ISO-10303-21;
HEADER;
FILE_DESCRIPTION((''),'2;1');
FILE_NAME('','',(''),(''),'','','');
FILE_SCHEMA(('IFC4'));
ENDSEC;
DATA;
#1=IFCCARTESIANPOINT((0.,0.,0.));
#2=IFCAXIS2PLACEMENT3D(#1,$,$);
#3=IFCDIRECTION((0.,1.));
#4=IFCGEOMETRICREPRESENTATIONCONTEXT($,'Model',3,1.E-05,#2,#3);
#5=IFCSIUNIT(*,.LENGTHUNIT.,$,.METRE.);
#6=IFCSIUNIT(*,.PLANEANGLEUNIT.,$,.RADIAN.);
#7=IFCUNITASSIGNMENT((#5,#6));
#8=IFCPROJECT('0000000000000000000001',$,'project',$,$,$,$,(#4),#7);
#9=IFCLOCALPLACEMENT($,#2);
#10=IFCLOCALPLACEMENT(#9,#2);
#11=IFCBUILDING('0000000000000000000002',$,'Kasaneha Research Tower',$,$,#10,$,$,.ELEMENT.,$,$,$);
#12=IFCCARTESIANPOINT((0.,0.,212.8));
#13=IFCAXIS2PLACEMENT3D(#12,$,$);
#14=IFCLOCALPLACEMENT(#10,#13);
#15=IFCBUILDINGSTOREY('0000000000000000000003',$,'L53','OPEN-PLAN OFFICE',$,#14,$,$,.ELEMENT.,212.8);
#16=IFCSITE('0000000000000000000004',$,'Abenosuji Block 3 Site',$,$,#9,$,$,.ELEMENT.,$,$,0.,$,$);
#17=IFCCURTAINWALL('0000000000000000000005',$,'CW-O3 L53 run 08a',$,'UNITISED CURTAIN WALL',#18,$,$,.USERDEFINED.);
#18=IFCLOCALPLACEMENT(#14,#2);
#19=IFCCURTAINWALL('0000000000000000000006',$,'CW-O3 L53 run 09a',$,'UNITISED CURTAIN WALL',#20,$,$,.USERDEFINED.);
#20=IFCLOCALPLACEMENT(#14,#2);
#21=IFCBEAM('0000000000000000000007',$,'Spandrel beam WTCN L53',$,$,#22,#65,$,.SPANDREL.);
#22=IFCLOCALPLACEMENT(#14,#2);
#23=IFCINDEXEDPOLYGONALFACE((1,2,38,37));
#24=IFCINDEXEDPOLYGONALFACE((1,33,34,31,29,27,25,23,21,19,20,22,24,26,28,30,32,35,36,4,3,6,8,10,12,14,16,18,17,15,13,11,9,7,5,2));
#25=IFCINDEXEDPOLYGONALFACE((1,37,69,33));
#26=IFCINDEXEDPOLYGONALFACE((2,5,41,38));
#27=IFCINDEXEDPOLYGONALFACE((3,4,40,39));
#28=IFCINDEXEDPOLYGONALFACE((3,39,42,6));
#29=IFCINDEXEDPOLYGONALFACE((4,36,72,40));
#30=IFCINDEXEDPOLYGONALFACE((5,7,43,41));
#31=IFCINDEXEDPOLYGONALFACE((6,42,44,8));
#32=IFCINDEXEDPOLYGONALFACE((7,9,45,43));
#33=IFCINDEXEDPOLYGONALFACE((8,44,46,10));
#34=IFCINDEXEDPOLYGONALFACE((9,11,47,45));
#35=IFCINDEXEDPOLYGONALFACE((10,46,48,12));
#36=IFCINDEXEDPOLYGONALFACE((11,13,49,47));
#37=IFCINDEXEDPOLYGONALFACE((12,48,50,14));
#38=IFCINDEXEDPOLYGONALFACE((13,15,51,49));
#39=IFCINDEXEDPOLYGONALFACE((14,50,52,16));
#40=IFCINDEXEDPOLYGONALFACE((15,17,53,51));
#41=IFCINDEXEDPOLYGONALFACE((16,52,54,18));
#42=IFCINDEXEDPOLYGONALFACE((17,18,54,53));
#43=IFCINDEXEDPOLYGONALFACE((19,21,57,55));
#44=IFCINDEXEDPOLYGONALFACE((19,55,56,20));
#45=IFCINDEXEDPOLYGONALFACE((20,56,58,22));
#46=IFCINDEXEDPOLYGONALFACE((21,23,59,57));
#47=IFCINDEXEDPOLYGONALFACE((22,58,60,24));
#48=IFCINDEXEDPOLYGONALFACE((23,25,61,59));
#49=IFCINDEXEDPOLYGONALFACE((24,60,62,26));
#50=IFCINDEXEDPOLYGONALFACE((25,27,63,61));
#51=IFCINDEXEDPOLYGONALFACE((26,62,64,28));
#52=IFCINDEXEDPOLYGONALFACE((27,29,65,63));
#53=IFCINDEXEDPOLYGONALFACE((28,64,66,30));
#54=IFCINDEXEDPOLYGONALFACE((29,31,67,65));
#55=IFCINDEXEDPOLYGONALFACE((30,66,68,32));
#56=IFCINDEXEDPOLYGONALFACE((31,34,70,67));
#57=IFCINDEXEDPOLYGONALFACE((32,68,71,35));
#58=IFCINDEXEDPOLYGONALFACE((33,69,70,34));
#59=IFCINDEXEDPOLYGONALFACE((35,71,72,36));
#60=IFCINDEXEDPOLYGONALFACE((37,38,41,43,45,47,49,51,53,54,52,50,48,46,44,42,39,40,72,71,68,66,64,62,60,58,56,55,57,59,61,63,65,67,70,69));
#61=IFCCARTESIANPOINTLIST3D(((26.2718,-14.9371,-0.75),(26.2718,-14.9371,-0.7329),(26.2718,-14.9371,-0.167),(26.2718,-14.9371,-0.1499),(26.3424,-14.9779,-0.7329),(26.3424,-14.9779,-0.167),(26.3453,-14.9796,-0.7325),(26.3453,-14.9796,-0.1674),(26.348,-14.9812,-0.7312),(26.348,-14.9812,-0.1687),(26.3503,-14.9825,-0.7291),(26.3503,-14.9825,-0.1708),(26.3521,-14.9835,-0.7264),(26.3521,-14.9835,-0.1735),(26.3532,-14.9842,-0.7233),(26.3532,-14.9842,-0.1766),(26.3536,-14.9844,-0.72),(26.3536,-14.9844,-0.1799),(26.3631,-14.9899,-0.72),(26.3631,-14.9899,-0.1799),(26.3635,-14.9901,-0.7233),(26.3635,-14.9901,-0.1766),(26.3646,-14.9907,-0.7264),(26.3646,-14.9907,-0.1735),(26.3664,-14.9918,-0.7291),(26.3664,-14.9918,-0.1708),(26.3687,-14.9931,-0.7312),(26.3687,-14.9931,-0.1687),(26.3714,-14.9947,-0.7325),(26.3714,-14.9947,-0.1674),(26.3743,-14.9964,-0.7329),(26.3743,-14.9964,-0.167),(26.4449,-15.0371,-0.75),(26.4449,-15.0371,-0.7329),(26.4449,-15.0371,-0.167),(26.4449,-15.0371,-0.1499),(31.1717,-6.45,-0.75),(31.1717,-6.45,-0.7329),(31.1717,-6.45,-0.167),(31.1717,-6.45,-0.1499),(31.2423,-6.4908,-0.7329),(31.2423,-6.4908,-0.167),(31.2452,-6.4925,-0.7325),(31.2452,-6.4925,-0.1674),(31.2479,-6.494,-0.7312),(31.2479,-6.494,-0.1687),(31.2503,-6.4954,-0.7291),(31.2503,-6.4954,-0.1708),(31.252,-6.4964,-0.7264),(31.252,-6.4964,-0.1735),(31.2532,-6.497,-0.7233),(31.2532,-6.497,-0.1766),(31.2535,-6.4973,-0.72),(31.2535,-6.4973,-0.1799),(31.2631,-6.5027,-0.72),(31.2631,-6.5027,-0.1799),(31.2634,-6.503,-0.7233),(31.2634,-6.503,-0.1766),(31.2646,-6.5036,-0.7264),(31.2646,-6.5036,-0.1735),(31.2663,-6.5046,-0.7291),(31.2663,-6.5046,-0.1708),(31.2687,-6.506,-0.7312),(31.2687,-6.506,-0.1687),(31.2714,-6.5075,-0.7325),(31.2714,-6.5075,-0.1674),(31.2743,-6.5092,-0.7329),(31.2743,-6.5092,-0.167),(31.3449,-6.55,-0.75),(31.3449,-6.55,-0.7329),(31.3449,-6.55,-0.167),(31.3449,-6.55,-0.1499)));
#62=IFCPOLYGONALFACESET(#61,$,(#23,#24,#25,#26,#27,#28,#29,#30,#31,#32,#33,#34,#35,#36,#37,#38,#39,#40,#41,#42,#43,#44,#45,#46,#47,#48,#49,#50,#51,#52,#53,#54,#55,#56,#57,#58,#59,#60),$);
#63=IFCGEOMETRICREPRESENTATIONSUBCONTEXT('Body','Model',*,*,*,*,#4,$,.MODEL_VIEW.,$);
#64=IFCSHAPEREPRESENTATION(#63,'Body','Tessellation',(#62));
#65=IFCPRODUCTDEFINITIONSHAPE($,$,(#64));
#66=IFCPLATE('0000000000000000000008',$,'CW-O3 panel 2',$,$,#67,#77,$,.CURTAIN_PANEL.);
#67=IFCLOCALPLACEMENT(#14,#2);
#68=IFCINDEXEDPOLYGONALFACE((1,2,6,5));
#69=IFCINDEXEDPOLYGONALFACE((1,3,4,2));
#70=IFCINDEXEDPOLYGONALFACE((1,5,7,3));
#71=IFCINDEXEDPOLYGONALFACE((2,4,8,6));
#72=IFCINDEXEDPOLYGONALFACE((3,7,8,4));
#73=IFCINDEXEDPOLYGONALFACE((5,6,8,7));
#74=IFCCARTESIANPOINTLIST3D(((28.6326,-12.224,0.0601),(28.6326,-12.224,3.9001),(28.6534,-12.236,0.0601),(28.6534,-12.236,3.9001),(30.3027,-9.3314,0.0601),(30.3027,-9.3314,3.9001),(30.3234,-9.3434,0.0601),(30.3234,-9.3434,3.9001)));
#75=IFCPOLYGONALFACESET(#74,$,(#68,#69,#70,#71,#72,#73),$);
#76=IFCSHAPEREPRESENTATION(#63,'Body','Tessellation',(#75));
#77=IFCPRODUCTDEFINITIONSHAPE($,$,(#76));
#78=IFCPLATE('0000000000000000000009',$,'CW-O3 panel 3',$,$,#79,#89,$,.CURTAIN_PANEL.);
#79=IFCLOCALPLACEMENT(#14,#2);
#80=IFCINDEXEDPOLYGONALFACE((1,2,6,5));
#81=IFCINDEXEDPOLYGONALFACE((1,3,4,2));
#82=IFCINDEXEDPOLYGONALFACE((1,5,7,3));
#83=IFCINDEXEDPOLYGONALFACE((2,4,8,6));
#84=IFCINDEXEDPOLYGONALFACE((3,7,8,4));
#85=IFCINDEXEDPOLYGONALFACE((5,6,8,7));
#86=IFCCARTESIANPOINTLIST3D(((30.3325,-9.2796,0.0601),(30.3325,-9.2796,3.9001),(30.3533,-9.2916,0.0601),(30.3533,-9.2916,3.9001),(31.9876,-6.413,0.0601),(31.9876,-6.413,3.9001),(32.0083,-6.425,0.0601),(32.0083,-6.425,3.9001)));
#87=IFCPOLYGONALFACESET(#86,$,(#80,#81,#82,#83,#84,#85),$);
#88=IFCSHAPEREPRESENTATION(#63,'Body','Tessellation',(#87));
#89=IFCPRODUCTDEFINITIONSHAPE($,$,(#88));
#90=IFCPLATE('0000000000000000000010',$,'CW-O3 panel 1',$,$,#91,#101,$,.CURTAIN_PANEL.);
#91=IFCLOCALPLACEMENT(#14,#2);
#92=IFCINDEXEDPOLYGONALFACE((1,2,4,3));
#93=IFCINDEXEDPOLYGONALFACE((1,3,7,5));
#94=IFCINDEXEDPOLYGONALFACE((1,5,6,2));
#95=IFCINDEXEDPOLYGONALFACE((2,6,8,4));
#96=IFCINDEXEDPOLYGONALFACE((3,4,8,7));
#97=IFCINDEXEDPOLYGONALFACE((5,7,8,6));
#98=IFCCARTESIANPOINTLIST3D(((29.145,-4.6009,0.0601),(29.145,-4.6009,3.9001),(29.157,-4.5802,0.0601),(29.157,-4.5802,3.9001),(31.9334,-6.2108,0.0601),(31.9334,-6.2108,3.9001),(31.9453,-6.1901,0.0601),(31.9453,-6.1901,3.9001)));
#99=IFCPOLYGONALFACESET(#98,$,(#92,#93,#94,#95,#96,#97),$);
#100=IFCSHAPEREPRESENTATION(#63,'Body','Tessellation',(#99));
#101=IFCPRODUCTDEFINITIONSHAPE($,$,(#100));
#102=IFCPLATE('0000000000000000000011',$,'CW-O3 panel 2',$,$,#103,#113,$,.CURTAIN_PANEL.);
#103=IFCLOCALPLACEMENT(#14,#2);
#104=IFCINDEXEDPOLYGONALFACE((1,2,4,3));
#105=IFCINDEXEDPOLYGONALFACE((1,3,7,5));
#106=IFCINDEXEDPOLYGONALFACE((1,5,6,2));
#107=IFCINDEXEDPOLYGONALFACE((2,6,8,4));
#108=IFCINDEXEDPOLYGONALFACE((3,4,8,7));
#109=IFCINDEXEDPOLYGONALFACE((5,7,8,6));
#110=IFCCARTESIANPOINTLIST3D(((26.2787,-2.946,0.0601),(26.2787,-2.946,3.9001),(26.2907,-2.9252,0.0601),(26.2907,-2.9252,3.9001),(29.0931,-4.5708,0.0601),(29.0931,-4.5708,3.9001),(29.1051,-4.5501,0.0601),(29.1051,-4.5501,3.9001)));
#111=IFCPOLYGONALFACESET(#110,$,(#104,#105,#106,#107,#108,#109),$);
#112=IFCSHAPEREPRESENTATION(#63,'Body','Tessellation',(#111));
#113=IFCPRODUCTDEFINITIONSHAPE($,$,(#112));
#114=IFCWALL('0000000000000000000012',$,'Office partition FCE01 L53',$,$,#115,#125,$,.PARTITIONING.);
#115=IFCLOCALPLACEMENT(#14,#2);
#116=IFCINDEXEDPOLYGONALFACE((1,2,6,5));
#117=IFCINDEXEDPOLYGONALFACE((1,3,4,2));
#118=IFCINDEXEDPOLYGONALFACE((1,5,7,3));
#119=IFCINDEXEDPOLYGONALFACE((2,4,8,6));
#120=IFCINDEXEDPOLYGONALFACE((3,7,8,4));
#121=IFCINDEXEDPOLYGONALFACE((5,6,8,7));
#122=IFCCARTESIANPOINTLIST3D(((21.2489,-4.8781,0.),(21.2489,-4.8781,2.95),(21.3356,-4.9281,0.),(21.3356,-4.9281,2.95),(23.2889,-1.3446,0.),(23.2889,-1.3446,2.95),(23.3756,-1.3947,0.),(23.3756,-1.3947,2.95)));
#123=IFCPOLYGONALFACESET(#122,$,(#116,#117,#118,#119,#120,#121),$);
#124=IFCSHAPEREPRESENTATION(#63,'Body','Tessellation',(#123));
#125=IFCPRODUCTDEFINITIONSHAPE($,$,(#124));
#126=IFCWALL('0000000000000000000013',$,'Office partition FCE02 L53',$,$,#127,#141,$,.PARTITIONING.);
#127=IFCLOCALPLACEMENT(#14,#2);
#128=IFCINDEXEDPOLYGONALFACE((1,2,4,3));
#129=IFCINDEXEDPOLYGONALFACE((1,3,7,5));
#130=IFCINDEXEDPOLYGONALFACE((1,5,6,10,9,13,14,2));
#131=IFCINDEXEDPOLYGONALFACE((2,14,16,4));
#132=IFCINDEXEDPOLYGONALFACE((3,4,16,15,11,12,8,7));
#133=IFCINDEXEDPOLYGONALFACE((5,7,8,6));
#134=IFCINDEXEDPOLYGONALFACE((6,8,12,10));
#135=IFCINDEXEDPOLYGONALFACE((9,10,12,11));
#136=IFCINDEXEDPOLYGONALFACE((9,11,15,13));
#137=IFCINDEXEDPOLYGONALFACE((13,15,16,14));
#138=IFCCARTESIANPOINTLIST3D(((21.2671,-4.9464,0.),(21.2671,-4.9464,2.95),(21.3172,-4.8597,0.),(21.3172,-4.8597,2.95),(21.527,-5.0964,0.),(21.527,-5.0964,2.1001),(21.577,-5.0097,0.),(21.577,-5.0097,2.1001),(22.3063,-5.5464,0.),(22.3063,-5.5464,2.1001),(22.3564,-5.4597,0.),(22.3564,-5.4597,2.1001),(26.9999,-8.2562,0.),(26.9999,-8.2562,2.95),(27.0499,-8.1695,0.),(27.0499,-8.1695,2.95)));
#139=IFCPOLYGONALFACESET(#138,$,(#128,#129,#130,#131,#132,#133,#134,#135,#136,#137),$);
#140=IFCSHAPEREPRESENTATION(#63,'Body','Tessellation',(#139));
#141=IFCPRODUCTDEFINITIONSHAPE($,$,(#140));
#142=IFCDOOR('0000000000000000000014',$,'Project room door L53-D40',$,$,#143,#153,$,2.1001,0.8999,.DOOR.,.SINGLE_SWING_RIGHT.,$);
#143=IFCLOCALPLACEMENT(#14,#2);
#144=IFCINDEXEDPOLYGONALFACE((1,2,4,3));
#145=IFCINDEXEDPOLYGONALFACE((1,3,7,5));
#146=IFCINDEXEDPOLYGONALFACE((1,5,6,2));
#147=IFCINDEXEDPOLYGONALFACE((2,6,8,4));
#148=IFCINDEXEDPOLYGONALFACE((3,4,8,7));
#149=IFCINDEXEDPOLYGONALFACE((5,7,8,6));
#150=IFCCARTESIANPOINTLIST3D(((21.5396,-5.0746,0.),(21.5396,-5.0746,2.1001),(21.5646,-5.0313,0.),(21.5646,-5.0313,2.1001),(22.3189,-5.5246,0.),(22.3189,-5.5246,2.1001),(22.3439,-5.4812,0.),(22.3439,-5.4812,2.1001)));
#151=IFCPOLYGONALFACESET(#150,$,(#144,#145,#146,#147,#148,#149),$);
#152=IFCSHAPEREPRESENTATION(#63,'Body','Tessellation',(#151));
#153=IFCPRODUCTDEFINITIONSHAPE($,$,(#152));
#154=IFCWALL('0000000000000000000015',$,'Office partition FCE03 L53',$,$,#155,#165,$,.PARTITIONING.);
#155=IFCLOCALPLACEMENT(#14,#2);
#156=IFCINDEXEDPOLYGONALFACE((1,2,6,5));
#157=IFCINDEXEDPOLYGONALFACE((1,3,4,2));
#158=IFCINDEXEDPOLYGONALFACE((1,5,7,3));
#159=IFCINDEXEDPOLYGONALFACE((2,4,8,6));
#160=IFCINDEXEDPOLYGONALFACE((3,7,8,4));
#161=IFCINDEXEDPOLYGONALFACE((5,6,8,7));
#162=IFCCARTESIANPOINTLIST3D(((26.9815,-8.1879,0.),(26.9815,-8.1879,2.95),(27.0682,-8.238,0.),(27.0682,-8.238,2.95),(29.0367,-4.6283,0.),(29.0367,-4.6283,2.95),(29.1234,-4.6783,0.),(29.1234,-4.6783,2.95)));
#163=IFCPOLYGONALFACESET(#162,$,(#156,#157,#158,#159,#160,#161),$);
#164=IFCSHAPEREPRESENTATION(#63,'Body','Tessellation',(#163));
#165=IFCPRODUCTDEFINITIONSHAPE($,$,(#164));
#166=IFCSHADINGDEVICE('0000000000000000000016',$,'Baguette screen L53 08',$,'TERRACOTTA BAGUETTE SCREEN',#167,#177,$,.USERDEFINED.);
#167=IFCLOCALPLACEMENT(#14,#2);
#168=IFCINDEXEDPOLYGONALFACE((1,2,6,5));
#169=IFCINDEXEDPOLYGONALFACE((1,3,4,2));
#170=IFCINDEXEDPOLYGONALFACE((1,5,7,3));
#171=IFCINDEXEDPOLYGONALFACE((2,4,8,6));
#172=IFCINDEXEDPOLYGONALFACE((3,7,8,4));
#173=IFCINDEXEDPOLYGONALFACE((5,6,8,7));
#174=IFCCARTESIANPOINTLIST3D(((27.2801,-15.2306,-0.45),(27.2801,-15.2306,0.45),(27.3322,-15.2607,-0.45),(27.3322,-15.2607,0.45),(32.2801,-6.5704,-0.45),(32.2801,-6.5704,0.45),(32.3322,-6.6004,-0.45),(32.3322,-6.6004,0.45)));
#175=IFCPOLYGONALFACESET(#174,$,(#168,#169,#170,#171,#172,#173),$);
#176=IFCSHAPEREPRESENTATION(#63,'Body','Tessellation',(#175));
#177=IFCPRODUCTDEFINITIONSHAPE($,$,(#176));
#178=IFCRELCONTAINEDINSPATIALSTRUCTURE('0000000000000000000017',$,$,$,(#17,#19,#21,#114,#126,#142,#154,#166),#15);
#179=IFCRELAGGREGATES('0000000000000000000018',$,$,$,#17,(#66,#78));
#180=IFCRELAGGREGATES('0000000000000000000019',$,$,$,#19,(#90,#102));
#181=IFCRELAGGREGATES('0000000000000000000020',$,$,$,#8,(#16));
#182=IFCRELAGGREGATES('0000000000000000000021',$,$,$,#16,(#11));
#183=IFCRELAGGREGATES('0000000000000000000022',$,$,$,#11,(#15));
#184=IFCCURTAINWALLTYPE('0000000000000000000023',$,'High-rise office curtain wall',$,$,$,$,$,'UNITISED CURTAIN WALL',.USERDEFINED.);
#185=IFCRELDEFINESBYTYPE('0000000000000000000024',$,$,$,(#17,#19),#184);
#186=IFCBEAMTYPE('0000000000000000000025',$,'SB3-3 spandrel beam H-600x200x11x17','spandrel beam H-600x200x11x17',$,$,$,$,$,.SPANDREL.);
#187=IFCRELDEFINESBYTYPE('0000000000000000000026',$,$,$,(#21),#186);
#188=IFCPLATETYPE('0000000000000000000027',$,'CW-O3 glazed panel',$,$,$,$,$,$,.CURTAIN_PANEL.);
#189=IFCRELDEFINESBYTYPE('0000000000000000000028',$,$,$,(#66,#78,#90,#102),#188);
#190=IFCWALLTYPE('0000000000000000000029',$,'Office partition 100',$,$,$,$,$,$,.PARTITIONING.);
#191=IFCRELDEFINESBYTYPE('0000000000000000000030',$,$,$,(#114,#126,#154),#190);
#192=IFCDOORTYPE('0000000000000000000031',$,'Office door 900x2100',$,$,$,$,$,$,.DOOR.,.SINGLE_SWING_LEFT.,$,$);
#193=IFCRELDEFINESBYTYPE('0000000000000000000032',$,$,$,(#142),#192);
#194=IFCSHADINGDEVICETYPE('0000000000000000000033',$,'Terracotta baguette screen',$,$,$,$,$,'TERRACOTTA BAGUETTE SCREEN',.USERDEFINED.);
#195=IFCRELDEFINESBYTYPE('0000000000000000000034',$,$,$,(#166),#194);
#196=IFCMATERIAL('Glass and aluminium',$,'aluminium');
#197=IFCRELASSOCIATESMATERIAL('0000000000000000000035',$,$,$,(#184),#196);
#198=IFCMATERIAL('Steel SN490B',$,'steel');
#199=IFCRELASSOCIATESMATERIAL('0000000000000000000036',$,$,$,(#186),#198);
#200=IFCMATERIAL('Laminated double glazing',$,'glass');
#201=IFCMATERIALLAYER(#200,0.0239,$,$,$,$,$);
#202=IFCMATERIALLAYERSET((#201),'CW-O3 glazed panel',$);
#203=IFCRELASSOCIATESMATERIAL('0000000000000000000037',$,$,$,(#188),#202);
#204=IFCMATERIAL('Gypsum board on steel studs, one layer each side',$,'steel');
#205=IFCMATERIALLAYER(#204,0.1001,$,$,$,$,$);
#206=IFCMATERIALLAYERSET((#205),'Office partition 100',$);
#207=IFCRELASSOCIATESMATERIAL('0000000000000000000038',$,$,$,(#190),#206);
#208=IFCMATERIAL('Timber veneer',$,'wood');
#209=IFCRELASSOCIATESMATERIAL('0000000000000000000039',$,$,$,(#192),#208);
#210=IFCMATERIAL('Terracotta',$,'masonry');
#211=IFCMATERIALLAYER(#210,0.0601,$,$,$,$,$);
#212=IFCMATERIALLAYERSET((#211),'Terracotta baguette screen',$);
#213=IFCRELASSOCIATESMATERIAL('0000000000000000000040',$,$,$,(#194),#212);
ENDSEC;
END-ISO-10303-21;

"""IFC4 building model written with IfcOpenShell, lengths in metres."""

from ifc_helpers import new_model, si_unit, direction, frame, frame_2d, origin, origin_2d, place, context, subcontext, project, spatial, rectangle, i_section, extrude, material, layer, layer_set, material_profile, profile_set, type_object, element, fill, aggregate, save


model = new_model("IFC4")

# Units and contexts
model_context = context("Model", 3, precision=1e-05, world=origin(), true_north=direction((0.0, 1.0)))
body_context = subcontext(model_context, "Body", "Model", "MODEL_VIEW")
ifc_project = project(units=[si_unit("LENGTHUNIT", "METRE"), si_unit("PLANEANGLEUNIT", "RADIAN")], contexts=[model_context])

# Site, building, storey
site_placement = place(None, origin())
site = spatial("IfcSite", under=ifc_project, at=site_placement, Name="Abenosuji Block 3 Site", CompositionType="ELEMENT", RefElevation=0.0)
building_placement = place(site_placement, origin())
building = spatial("IfcBuilding", under=site, at=building_placement, Name="Kasaneha Research Tower", CompositionType="ELEMENT")
storey_placement = place(building_placement, frame((0.0, 0.0, 212.8)))
storey = spatial("IfcBuildingStorey", under=building, at=storey_placement, Name="L53", Description="OPEN-PLAN OFFICE", CompositionType="ELEMENT", Elevation=212.8)

# Curtain walls
ifc_material_1 = material(Name="Glass and aluminium", Category="aluminium")
curtain_wall_type = type_object("IfcCurtainWallType", Name="High-rise office curtain wall", ElementType="UNITISED CURTAIN WALL", PredefinedType="USERDEFINED", material=ifc_material_1)
curtain_wall_1_placement = place(storey_placement, origin())
curtain_wall_1 = element("IfcCurtainWall", 1, at=curtain_wall_1_placement, inside=storey, type_object=curtain_wall_type, Name="CW-O3 L53 run 08a", ObjectType="UNITISED CURTAIN WALL", PredefinedType="USERDEFINED")
curtain_wall_2_placement = place(storey_placement, origin())
curtain_wall_2 = element("IfcCurtainWall", 2, at=curtain_wall_2_placement, inside=storey, type_object=curtain_wall_type, Name="CW-O3 L53 run 09a", ObjectType="UNITISED CURTAIN WALL", PredefinedType="USERDEFINED")

# Beam
ifc_material_2 = material(Name="Steel SN490B", Category="steel")
ifc_material_profile_1 = material_profile(ifc_material_2, i_section(OverallWidth=0.2, OverallDepth=0.6001, WebThickness=0.011, FlangeThickness=0.0171, FilletRadius=0.0129, at=origin_2d()), Name="H-600x200x11x17")
ifc_profile_set_1 = profile_set([ifc_material_profile_1], Name="Steel SN490B")
beam_type_1 = type_object("IfcBeamType", Name="SB3-3 spandrel beam H-600x200x11x17", Description="spandrel beam H-600x200x11x17", PredefinedType="SPANDREL", material=ifc_profile_set_1)
beam_1_placement = place(storey_placement, frame((31.2583, -6.5, -0.45), z_axis=(-0.499992, -0.86603, 0.0), x_axis=(0.86603, -0.499992, 0.0)))
element("IfcBeam", 3, at=beam_1_placement, inside=storey, type_object=beam_type_1, Name="Spandrel beam WTCN L53", PredefinedType="SPANDREL", context=body_context, shape_type="SweptSolid", body=[
    extrude(i_section(OverallWidth=0.2, OverallDepth=0.6001, WebThickness=0.011, FlangeThickness=0.0171, FilletRadius=0.0129, at=origin_2d()), origin(), (0.0, 0.0, 1.0), 9.8),
])

# Plates
ifc_material_3 = material(Name="Laminated double glazing", Category="glass")
ifc_layer_1 = layer(ifc_material_3, 0.0239)
ifc_layer_set_1 = layer_set([ifc_layer_1], Name="CW-O3 glazed panel")
plate_type = type_object("IfcPlateType", Name="CW-O3 glazed panel", PredefinedType="CURTAIN_PANEL", material=ifc_layer_set_1)
plate_1_placement = place(storey_placement, frame((29.478, -10.7837, 0.0601), z_axis=(0.0, 0.0, 1.0), x_axis=(0.5, 0.866025, 0.0)))
plate_1 = element("IfcPlate", 4, at=plate_1_placement, type_object=plate_type, Name="CW-O3 panel 2", PredefinedType="CURTAIN_PANEL", context=body_context, shape_type="SweptSolid", body=[
    extrude(rectangle(XDim=3.3401, YDim=0.0239, at=origin_2d()), origin(), (0.0, 0.0, 1.0), 3.8401),
])
plate_2_placement = place(storey_placement, frame((31.1704, -7.8523, 0.0601), z_axis=(0.0, 0.0, 1.0), x_axis=(0.5, 0.866025, 0.0)))
plate_2 = element("IfcPlate", 5, at=plate_2_placement, type_object=plate_type, Name="CW-O3 panel 3", PredefinedType="CURTAIN_PANEL", context=body_context, shape_type="SweptSolid", body=[
    extrude(rectangle(XDim=3.3101, YDim=0.0239, at=origin_2d()), origin(), (0.0, 0.0, 1.0), 3.8401),
])
aggregate(curtain_wall_1, [plate_1, plate_2])
plate_3_placement = place(storey_placement, frame((30.5452, -5.3955, 0.0601), z_axis=(0.0, 0.0, 1.0), x_axis=(-0.866025, 0.5, 0.0)))
plate_3 = element("IfcPlate", 6, at=plate_3_placement, type_object=plate_type, Name="CW-O3 panel 1", PredefinedType="CURTAIN_PANEL", context=body_context, shape_type="SweptSolid", body=[
    extrude(rectangle(XDim=3.2197, YDim=0.0239, at=origin_2d()), origin(), (0.0, 0.0, 1.0), 3.8401),
])
plate_4_placement = place(storey_placement, frame((27.6919, -3.748, 0.0601), z_axis=(0.0, 0.0, 1.0), x_axis=(-0.866025, 0.5, 0.0)))
plate_4 = element("IfcPlate", 7, at=plate_4_placement, type_object=plate_type, Name="CW-O3 panel 2", PredefinedType="CURTAIN_PANEL", context=body_context, shape_type="SweptSolid", body=[
    extrude(rectangle(XDim=3.2498, YDim=0.0239, at=origin_2d()), origin(), (0.0, 0.0, 1.0), 3.8401),
])
aggregate(curtain_wall_2, [plate_3, plate_4])

# Wall
ifc_material_4 = material(Name="Gypsum board on steel studs, one layer each side", Category="steel")
ifc_layer_2 = layer(ifc_material_4, 0.1001)
ifc_layer_set_2 = layer_set([ifc_layer_2], Name="Office partition 100")
wall_type = type_object("IfcWallType", Name="Office partition 100", PredefinedType="PARTITIONING", material=ifc_layer_set_2)
wall_1_placement = place(storey_placement, frame((21.2922, -4.9031, 0.0), z_axis=(0.0, 0.0, 1.0), x_axis=(0.5, 0.866025, 0.0)))
element("IfcWall", 8, at=wall_1_placement, inside=storey, type_object=wall_type, Name="Office partition FCE01 L53", PredefinedType="PARTITIONING", context=body_context, shape_type="SweptSolid", body=[
    extrude(rectangle(XDim=4.0801, YDim=0.1001, at=frame_2d((2.04, 0.0))), origin(), (0.0, 0.0, 1.0), 2.95),
])

# Wall, opening, door
wall_2_placement = place(storey_placement, frame((27.0249, -8.2129, 0.0), z_axis=(0.0, 0.0, 1.0), x_axis=(-0.866022, 0.500007, 0.0)))
wall_2 = element("IfcWall", 9, at=wall_2_placement, inside=storey, type_object=wall_type, Name="Office partition FCE02 L53", PredefinedType="PARTITIONING", context=body_context, shape_type="SweptSolid", body=[
    extrude(rectangle(XDim=6.6196, YDim=0.1001, at=frame_2d((3.3098, 0.0))), origin(), (0.0, 0.0, 1.0), 2.95),
])
opening_placement = place(wall_2_placement, frame((5.4197, 0.0, 0.0)))
opening = element("IfcOpeningElement", 10, at=opening_placement, cuts=wall_2, PredefinedType="OPENING", context=body_context, shape_type="SweptSolid", body=[
    extrude(rectangle(XDim=0.8999, YDim=2.1001, at=frame_2d((0.45, 1.05))), frame((0.0, 0.0601, 0.0), z_axis=(0.0, -1.0, 0.0), x_axis=(1.0, 0.0, 0.0)), (0.0, 0.0, 1.0), 0.1201),
])
ifc_material_5 = material(Name="Timber veneer", Category="wood")
door_type = type_object("IfcDoorType", Name="Office door 900x2100", OperationType="SINGLE_SWING_LEFT", PredefinedType="DOOR", material=ifc_material_5)
door_placement = place(opening_placement, origin())
door = element("IfcDoor", 11, at=door_placement, inside=storey, type_object=door_type, Name="Project room door L53-D40", OperationType="SINGLE_SWING_RIGHT", OverallHeight=2.1001, OverallWidth=0.8999, PredefinedType="DOOR", context=body_context, shape_type="SweptSolid", body=[
    extrude(rectangle(XDim=0.8999, YDim=2.1001, at=frame_2d((0.45, 1.05))), frame((0.0, 0.0249, 0.0), z_axis=(0.0, -1.0, 0.0), x_axis=(1.0, 0.0, 0.0)), (0.0, 0.0, 1.0), 0.05),
])
fill(opening, door)

# Wall
wall_3_placement = place(storey_placement, frame((29.0801, -4.6533, 0.0), z_axis=(0.0, 0.0, 1.0), x_axis=(-0.50001, -0.866019, 0.0)))
element("IfcWall", 12, at=wall_3_placement, inside=storey, type_object=wall_type, Name="Office partition FCE03 L53", PredefinedType="PARTITIONING", context=body_context, shape_type="SweptSolid", body=[
    extrude(rectangle(XDim=4.1104, YDim=0.1001, at=frame_2d((2.0552, 0.0))), origin(), (0.0, 0.0, 1.0), 2.95),
])

# Shading device
ifc_material_6 = material(Name="Terracotta", Category="masonry")
ifc_layer_3 = layer(ifc_material_6, 0.0601)
ifc_layer_set_3 = layer_set([ifc_layer_3], Name="Terracotta baguette screen")
shading_device_type = type_object("IfcShadingDeviceType", Name="Terracotta baguette screen", ElementType="TERRACOTTA BAGUETTE SCREEN", PredefinedType="USERDEFINED", material=ifc_layer_set_3)
shading_device_placement = place(storey_placement, frame((29.8062, -10.9155, -0.45), z_axis=(0.0, 0.0, 1.0), x_axis=(0.5, 0.866025, 0.0)))
element("IfcShadingDevice", 13, at=shading_device_placement, inside=storey, type_object=shading_device_type, Name="Baguette screen L53 08", ObjectType="TERRACOTTA BAGUETTE SCREEN", PredefinedType="USERDEFINED", context=body_context, shape_type="SweptSolid", body=[
    extrude(rectangle(XDim=10.0, YDim=0.0601, at=origin_2d()), origin(), (0.0, 0.0, 1.0), 0.8999),
])

save(model, "model.ifc")
